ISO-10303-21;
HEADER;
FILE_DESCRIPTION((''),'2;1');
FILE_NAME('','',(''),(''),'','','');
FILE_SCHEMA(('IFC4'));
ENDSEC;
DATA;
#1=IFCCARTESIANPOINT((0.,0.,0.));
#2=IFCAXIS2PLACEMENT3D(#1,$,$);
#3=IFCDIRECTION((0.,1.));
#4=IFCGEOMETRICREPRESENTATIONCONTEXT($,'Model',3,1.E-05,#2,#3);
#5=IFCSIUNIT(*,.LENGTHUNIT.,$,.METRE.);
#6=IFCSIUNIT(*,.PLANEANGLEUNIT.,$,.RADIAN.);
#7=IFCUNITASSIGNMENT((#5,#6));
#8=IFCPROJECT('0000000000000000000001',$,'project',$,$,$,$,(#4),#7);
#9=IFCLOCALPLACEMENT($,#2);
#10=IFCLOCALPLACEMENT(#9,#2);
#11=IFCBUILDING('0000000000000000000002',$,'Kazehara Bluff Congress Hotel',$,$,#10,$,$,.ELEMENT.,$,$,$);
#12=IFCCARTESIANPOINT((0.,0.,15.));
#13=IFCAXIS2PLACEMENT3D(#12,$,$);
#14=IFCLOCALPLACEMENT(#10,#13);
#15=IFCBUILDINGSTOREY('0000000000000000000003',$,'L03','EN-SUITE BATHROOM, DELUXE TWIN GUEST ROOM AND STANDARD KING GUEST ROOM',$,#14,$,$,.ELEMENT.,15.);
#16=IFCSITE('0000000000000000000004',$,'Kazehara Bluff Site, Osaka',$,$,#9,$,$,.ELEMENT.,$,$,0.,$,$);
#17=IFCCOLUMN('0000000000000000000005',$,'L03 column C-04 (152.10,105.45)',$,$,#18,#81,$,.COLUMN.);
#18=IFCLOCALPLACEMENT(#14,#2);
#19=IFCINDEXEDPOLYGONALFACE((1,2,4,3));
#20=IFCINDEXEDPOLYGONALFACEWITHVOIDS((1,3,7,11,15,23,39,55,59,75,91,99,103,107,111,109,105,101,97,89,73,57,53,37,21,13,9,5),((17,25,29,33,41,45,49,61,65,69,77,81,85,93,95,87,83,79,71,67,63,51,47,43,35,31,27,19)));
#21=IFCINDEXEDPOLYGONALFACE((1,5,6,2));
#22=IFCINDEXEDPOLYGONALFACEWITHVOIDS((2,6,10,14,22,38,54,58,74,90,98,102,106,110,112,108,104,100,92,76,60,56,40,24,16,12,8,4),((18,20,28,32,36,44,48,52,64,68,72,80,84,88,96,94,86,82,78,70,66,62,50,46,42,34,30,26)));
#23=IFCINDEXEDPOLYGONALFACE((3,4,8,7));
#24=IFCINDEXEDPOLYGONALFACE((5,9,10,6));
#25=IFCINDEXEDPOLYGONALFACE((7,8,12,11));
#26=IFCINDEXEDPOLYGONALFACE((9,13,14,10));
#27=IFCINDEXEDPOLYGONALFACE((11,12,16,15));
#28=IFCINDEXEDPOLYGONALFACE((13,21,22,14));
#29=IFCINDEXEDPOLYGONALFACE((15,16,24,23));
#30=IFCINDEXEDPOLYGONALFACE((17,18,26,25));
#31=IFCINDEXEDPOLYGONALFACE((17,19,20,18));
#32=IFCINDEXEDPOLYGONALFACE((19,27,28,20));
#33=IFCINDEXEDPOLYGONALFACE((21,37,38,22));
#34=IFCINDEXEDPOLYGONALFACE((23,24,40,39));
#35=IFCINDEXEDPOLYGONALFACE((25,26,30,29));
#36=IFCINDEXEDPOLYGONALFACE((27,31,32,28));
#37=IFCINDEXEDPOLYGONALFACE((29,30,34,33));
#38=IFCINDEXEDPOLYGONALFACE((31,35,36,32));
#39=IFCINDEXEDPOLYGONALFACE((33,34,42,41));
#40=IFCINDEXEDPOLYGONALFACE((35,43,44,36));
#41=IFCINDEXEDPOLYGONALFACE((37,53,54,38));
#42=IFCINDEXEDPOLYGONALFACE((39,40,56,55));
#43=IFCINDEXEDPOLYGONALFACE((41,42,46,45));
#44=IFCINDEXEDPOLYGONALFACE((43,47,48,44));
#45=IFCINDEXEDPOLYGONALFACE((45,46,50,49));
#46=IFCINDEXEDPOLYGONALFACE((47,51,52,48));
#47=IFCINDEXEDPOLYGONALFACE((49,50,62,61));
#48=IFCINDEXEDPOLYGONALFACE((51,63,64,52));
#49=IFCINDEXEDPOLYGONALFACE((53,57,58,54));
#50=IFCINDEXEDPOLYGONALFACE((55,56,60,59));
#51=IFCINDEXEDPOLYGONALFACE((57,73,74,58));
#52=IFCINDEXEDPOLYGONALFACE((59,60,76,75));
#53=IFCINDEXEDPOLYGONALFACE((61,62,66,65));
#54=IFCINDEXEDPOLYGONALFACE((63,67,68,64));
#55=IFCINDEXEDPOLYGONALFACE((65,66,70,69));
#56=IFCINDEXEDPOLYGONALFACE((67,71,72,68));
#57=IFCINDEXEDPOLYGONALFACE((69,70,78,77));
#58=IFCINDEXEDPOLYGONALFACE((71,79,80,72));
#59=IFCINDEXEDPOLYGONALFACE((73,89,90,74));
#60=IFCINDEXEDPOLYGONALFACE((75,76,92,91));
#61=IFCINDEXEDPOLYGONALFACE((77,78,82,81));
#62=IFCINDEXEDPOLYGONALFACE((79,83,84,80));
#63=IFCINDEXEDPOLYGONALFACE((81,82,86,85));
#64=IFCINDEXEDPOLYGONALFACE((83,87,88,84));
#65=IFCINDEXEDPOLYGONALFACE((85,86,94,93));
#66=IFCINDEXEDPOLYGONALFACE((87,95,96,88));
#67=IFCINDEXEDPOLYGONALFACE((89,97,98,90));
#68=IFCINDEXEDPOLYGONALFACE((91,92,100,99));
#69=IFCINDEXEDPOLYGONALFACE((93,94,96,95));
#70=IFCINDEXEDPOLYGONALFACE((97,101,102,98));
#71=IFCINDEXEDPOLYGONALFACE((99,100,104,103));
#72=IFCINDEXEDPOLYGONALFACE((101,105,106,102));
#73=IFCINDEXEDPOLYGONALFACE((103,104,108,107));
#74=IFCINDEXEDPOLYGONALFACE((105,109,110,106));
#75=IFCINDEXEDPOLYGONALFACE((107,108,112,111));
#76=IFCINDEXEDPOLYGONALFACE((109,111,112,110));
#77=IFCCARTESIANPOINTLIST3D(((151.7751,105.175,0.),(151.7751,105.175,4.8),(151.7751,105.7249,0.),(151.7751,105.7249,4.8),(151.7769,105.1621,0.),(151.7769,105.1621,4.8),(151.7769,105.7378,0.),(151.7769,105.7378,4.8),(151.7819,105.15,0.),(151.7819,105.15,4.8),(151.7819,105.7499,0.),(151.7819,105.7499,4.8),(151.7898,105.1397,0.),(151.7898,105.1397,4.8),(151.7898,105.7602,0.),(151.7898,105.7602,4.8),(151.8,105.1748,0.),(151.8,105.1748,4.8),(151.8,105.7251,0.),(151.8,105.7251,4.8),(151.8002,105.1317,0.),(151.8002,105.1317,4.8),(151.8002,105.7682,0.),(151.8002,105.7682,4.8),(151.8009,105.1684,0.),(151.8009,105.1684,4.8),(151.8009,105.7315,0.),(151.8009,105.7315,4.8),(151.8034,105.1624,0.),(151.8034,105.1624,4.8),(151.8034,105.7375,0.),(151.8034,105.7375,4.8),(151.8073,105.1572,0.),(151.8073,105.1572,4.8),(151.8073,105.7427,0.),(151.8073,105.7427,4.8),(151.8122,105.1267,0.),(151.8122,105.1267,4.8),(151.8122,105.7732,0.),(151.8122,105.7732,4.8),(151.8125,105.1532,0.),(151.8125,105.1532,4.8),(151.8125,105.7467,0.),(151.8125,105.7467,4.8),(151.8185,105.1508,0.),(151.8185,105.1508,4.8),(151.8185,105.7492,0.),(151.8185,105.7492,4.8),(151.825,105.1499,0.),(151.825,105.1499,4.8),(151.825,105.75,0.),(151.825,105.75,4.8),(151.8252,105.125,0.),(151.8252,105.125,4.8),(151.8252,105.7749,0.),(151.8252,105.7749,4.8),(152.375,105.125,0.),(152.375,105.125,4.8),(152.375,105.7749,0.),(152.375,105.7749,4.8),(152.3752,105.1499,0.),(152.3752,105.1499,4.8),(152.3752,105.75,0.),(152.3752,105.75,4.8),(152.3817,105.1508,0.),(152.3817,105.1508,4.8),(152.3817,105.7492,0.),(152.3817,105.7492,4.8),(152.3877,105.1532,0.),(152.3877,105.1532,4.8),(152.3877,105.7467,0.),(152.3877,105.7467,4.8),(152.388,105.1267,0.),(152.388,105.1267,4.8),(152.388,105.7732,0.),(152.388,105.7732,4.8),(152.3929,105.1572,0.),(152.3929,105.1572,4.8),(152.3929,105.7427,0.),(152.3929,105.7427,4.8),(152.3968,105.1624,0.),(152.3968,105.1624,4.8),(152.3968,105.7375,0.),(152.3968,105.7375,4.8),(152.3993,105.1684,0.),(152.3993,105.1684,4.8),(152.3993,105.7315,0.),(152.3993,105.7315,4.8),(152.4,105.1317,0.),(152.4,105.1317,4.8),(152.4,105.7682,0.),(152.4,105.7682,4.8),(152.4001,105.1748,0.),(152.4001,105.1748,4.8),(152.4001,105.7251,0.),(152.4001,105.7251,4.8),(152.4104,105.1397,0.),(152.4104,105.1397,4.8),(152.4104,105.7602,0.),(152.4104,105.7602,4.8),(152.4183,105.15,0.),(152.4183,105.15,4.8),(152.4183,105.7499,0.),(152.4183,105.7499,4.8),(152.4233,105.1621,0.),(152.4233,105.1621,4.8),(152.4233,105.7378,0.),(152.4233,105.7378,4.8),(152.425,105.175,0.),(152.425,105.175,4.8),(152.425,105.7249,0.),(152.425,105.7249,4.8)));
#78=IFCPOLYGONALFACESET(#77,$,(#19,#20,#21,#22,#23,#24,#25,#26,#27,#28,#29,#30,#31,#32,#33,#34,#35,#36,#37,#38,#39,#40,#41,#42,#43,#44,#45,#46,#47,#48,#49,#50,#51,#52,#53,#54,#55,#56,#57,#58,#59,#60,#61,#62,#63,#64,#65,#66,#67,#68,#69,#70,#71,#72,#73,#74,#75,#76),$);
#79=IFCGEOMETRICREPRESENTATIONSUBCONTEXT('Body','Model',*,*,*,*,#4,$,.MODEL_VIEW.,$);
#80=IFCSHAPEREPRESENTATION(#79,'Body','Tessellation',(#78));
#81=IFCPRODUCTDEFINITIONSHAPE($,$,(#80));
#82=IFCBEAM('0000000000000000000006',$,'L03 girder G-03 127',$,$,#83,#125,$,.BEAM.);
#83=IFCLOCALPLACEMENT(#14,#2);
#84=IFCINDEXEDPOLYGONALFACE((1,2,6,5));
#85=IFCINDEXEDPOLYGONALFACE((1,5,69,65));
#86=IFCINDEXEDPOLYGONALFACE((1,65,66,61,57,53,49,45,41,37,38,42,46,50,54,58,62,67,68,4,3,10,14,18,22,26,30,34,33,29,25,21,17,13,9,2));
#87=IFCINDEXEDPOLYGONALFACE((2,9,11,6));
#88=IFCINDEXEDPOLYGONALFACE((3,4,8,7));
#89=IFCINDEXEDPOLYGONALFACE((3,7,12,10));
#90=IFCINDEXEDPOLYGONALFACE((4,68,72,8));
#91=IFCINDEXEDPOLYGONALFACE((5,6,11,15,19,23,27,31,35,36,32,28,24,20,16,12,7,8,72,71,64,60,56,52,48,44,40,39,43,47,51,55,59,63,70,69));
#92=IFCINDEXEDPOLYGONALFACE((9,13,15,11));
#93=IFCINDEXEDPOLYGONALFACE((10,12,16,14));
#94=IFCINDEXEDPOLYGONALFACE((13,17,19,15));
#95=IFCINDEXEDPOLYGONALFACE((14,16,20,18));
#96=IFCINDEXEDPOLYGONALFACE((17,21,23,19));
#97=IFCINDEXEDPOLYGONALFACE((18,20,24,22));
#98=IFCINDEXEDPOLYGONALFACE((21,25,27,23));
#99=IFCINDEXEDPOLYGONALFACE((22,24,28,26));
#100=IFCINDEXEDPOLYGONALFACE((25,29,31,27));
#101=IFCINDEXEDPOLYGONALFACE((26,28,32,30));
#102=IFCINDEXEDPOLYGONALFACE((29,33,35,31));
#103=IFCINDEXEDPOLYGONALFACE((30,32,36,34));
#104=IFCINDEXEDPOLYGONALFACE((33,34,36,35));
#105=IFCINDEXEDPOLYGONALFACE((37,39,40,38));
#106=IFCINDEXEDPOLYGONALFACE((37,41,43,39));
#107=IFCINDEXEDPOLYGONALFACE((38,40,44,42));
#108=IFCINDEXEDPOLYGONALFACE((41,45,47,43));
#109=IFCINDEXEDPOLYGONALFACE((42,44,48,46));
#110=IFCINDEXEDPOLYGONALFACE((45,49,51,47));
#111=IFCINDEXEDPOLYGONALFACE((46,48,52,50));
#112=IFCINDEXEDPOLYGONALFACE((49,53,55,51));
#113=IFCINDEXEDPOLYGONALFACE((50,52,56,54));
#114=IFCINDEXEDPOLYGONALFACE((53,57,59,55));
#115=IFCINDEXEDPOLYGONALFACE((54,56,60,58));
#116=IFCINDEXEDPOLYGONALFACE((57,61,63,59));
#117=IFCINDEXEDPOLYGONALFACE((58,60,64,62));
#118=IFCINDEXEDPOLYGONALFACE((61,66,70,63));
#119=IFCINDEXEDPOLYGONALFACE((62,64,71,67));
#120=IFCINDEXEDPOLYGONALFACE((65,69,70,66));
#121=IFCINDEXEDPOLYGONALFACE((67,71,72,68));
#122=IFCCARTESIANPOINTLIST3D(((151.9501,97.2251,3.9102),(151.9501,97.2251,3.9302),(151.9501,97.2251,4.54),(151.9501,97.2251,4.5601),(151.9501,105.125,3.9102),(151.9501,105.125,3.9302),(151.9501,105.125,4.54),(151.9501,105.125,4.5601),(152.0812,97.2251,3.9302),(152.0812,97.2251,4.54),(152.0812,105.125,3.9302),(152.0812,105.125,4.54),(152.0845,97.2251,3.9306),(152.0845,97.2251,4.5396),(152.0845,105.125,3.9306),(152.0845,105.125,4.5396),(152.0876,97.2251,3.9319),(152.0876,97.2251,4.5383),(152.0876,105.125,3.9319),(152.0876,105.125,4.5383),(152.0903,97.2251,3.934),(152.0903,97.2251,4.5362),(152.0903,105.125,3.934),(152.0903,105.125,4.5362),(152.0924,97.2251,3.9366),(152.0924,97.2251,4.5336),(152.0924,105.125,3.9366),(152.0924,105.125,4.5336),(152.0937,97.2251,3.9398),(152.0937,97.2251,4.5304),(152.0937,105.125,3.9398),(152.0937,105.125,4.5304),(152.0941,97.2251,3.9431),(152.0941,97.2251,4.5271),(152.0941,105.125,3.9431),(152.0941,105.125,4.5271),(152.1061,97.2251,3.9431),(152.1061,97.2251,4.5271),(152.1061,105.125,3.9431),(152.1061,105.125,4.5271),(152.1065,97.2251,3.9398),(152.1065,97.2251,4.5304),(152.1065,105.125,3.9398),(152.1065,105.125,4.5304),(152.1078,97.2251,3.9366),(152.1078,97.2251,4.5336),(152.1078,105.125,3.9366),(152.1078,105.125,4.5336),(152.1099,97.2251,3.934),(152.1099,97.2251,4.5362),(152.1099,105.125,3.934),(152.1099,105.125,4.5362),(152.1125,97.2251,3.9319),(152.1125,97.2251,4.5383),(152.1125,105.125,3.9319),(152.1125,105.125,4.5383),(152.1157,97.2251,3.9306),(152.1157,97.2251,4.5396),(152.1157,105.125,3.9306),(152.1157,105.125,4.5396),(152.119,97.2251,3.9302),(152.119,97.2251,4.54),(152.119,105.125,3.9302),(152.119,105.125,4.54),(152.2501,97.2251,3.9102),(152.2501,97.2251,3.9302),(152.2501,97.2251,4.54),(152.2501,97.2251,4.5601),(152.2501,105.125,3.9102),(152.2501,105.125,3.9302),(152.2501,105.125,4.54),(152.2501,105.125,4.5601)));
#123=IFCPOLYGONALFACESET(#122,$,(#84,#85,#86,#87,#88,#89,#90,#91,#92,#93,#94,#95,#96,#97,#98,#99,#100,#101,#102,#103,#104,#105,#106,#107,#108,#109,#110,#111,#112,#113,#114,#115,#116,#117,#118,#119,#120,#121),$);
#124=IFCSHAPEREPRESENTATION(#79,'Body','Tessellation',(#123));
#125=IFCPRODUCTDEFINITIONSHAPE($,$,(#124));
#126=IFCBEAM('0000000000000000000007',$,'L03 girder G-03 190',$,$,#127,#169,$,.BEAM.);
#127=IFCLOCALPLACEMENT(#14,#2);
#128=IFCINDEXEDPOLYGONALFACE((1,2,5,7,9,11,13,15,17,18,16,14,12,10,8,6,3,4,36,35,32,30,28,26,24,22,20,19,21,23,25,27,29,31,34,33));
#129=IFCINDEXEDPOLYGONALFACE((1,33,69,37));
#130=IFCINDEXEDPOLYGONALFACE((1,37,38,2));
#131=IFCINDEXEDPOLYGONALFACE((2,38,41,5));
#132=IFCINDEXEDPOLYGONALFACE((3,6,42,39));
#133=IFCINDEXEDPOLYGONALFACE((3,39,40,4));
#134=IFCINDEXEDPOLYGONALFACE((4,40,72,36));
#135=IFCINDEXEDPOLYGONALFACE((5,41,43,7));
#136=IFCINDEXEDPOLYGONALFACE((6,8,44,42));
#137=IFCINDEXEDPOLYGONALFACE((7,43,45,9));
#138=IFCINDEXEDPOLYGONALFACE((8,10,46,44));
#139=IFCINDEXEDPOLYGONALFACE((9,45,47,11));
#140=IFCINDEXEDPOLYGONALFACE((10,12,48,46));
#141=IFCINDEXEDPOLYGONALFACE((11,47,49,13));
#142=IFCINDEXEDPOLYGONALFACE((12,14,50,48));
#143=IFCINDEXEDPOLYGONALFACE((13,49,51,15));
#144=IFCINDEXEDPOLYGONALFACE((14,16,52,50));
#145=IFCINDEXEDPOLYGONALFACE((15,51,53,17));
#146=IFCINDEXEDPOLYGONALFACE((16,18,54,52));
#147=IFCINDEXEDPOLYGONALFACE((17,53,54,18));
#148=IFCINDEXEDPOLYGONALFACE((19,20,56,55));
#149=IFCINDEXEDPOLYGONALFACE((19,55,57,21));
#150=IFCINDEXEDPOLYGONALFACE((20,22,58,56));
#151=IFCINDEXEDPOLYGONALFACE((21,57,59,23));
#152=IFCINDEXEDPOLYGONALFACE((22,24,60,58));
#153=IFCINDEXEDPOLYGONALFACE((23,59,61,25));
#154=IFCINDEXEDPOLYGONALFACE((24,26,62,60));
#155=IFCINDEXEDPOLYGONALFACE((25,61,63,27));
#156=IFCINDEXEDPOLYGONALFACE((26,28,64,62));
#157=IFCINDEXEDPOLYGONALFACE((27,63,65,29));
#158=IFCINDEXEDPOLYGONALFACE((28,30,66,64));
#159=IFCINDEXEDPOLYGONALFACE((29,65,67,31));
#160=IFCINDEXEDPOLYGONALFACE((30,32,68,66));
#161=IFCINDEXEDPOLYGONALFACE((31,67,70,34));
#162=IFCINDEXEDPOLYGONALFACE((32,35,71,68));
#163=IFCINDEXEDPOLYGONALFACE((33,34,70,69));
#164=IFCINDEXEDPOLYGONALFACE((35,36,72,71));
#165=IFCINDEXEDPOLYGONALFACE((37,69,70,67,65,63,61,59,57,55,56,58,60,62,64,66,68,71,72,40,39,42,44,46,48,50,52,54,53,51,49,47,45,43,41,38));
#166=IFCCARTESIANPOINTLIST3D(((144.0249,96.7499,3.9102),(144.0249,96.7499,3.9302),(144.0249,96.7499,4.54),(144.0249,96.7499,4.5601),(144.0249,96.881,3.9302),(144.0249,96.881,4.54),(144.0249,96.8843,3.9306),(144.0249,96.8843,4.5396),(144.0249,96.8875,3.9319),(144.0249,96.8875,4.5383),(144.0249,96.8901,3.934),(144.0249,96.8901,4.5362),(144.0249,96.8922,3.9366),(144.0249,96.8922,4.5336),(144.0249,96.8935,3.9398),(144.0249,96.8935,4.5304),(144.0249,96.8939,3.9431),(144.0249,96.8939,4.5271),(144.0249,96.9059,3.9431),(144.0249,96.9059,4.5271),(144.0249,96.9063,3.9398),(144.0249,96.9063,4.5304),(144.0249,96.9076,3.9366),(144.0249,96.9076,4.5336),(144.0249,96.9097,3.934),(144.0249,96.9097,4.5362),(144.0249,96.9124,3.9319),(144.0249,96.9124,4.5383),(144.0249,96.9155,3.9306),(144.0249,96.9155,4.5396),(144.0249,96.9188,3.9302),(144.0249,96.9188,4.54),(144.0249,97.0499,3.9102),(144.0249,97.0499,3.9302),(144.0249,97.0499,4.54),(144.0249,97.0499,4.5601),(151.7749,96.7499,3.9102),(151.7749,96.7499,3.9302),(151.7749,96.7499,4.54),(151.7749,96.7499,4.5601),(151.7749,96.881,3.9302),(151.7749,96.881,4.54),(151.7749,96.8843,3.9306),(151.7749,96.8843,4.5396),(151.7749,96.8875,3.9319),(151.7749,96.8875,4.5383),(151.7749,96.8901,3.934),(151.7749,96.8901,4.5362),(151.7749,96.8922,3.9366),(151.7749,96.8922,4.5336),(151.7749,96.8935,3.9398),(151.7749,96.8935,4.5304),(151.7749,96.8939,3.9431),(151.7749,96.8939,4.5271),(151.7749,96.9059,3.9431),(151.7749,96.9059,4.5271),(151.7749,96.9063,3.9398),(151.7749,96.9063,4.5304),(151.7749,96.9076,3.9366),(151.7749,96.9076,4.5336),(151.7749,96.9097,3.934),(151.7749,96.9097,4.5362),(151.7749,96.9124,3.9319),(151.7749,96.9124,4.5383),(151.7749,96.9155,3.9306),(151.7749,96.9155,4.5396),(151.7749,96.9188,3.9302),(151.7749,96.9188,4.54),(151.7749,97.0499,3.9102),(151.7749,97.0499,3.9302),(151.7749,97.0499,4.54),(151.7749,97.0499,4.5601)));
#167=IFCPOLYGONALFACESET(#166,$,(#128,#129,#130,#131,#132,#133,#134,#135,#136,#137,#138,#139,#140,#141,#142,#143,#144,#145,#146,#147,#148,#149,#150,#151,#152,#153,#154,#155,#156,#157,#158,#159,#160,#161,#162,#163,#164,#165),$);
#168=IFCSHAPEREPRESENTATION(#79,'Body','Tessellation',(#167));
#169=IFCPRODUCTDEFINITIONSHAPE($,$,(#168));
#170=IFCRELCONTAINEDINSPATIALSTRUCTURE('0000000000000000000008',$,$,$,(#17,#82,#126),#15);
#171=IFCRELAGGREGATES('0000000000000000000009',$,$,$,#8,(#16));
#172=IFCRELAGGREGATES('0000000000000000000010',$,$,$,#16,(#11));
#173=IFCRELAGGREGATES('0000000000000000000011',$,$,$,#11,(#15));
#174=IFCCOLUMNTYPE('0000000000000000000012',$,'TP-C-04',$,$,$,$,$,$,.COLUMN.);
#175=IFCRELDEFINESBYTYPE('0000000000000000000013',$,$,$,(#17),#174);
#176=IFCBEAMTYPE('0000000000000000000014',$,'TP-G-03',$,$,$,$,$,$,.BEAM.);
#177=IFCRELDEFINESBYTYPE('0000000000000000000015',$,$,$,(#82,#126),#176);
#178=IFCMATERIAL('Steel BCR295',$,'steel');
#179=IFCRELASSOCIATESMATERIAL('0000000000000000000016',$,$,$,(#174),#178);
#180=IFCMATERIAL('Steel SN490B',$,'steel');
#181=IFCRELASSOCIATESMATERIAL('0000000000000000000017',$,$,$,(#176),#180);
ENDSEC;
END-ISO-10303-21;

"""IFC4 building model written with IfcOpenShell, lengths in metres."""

from ifc_helpers import new_model, si_unit, direction, frame, origin, origin_2d, place, context, subcontext, project, spatial, hollow_rectangle, i_section, extrude, material, material_profile, profile_set, type_object, element, save


model = new_model("IFC4")

# Units and contexts
model_context = context("Model", 3, precision=1e-05, world=origin(), true_north=direction((0.0, 1.0)))
body_context = subcontext(model_context, "Body", "Model", "MODEL_VIEW")
ifc_project = project(units=[si_unit("LENGTHUNIT", "METRE"), si_unit("PLANEANGLEUNIT", "RADIAN")], contexts=[model_context])

# Site, building, storey
site_placement = place(None, origin())
site = spatial("IfcSite", under=ifc_project, at=site_placement, Name="Kazehara Bluff Site, Osaka", CompositionType="ELEMENT", RefElevation=0.0)
building_placement = place(site_placement, origin())
building = spatial("IfcBuilding", under=site, at=building_placement, Name="Kazehara Bluff Congress Hotel", CompositionType="ELEMENT")
storey_placement = place(building_placement, frame((0.0, 0.0, 15.0)))
storey = spatial("IfcBuildingStorey", under=building, at=storey_placement, Name="L03", Description="EN-SUITE BATHROOM, DELUXE TWIN GUEST ROOM AND STANDARD KING GUEST ROOM", CompositionType="ELEMENT", Elevation=15.0)

# Column
ifc_material_1 = material(Name="Steel BCR295", Category="steel")
ifc_material_profile_1 = material_profile(ifc_material_1, hollow_rectangle(XDim=0.6499, YDim=0.6499, WallThickness=0.0249, InnerFilletRadius=0.0249, OuterFilletRadius=0.05, at=origin_2d()))
ifc_profile_set_1 = profile_set([ifc_material_profile_1], Name="Steel BCR295")
column_type = type_object("IfcColumnType", Name="TP-C-04", PredefinedType="COLUMN", material=ifc_profile_set_1)
for number, where, z_axis, x_axis, name in (
    (1, (152.1001, 105.45, 0.0), (0.0, 0.0, 1.0), (1.0, 0.0, 0.0), "L03 column C-04 (152.10,105.45)"),
):
    element("IfcColumn", number, at=place(storey_placement, frame(where, z_axis=z_axis, x_axis=x_axis)), inside=storey, type_object=column_type, Name=name, PredefinedType="COLUMN", context=body_context, shape_type="SweptSolid", body=[
        extrude(hollow_rectangle(XDim=0.6499, YDim=0.6499, WallThickness=0.0249, InnerFilletRadius=0.0249, OuterFilletRadius=0.05, at=origin_2d()), origin(), (0.0, 0.0, 1.0), 4.8),
    ])

# Beams
ifc_material_2 = material(Name="Steel SN490B", Category="steel")
ifc_material_profile_2 = material_profile(ifc_material_2, i_section(OverallWidth=0.3, OverallDepth=0.6499, WebThickness=0.012, FlangeThickness=0.02, FilletRadius=0.0129, at=origin_2d()))
ifc_profile_set_2 = profile_set([ifc_material_profile_2], Name="Steel SN490B")
beam_type_1 = type_object("IfcBeamType", Name="TP-G-03", PredefinedType="BEAM", material=ifc_profile_set_2)
beam_1_placement = place(storey_placement, frame((152.1001, 97.2251, 4.2351), z_axis=(0.0, 1.0, 0.0), x_axis=(-1.0, 0.0, 0.0)))
element("IfcBeam", 2, at=beam_1_placement, inside=storey, type_object=beam_type_1, Name="L03 girder G-03 127", PredefinedType="BEAM", context=body_context, shape_type="SweptSolid", body=[
    extrude(i_section(OverallWidth=0.3, OverallDepth=0.6499, WebThickness=0.012, FlangeThickness=0.02, FilletRadius=0.0129, at=origin_2d()), origin(), (0.0, 0.0, 1.0), 7.8999),
])
for number, where, z_axis, x_axis, name in (
    (3, (144.0249, 96.8999, 4.2351), (1.0, 0.0, 0.0), (0.0, 1.0, 0.0), "L03 girder G-03 190"),
):
    element("IfcBeam", number, at=place(storey_placement, frame(where, z_axis=z_axis, x_axis=x_axis)), inside=storey, type_object=beam_type_1, Name=name, PredefinedType="BEAM", context=body_context, shape_type="SweptSolid", body=[
        extrude(i_section(OverallWidth=0.3, OverallDepth=0.6499, WebThickness=0.012, FlangeThickness=0.02, FilletRadius=0.0129, at=origin_2d()), origin(), (0.0, 0.0, 1.0), 7.75),
    ])

save(model, "model.ifc")
